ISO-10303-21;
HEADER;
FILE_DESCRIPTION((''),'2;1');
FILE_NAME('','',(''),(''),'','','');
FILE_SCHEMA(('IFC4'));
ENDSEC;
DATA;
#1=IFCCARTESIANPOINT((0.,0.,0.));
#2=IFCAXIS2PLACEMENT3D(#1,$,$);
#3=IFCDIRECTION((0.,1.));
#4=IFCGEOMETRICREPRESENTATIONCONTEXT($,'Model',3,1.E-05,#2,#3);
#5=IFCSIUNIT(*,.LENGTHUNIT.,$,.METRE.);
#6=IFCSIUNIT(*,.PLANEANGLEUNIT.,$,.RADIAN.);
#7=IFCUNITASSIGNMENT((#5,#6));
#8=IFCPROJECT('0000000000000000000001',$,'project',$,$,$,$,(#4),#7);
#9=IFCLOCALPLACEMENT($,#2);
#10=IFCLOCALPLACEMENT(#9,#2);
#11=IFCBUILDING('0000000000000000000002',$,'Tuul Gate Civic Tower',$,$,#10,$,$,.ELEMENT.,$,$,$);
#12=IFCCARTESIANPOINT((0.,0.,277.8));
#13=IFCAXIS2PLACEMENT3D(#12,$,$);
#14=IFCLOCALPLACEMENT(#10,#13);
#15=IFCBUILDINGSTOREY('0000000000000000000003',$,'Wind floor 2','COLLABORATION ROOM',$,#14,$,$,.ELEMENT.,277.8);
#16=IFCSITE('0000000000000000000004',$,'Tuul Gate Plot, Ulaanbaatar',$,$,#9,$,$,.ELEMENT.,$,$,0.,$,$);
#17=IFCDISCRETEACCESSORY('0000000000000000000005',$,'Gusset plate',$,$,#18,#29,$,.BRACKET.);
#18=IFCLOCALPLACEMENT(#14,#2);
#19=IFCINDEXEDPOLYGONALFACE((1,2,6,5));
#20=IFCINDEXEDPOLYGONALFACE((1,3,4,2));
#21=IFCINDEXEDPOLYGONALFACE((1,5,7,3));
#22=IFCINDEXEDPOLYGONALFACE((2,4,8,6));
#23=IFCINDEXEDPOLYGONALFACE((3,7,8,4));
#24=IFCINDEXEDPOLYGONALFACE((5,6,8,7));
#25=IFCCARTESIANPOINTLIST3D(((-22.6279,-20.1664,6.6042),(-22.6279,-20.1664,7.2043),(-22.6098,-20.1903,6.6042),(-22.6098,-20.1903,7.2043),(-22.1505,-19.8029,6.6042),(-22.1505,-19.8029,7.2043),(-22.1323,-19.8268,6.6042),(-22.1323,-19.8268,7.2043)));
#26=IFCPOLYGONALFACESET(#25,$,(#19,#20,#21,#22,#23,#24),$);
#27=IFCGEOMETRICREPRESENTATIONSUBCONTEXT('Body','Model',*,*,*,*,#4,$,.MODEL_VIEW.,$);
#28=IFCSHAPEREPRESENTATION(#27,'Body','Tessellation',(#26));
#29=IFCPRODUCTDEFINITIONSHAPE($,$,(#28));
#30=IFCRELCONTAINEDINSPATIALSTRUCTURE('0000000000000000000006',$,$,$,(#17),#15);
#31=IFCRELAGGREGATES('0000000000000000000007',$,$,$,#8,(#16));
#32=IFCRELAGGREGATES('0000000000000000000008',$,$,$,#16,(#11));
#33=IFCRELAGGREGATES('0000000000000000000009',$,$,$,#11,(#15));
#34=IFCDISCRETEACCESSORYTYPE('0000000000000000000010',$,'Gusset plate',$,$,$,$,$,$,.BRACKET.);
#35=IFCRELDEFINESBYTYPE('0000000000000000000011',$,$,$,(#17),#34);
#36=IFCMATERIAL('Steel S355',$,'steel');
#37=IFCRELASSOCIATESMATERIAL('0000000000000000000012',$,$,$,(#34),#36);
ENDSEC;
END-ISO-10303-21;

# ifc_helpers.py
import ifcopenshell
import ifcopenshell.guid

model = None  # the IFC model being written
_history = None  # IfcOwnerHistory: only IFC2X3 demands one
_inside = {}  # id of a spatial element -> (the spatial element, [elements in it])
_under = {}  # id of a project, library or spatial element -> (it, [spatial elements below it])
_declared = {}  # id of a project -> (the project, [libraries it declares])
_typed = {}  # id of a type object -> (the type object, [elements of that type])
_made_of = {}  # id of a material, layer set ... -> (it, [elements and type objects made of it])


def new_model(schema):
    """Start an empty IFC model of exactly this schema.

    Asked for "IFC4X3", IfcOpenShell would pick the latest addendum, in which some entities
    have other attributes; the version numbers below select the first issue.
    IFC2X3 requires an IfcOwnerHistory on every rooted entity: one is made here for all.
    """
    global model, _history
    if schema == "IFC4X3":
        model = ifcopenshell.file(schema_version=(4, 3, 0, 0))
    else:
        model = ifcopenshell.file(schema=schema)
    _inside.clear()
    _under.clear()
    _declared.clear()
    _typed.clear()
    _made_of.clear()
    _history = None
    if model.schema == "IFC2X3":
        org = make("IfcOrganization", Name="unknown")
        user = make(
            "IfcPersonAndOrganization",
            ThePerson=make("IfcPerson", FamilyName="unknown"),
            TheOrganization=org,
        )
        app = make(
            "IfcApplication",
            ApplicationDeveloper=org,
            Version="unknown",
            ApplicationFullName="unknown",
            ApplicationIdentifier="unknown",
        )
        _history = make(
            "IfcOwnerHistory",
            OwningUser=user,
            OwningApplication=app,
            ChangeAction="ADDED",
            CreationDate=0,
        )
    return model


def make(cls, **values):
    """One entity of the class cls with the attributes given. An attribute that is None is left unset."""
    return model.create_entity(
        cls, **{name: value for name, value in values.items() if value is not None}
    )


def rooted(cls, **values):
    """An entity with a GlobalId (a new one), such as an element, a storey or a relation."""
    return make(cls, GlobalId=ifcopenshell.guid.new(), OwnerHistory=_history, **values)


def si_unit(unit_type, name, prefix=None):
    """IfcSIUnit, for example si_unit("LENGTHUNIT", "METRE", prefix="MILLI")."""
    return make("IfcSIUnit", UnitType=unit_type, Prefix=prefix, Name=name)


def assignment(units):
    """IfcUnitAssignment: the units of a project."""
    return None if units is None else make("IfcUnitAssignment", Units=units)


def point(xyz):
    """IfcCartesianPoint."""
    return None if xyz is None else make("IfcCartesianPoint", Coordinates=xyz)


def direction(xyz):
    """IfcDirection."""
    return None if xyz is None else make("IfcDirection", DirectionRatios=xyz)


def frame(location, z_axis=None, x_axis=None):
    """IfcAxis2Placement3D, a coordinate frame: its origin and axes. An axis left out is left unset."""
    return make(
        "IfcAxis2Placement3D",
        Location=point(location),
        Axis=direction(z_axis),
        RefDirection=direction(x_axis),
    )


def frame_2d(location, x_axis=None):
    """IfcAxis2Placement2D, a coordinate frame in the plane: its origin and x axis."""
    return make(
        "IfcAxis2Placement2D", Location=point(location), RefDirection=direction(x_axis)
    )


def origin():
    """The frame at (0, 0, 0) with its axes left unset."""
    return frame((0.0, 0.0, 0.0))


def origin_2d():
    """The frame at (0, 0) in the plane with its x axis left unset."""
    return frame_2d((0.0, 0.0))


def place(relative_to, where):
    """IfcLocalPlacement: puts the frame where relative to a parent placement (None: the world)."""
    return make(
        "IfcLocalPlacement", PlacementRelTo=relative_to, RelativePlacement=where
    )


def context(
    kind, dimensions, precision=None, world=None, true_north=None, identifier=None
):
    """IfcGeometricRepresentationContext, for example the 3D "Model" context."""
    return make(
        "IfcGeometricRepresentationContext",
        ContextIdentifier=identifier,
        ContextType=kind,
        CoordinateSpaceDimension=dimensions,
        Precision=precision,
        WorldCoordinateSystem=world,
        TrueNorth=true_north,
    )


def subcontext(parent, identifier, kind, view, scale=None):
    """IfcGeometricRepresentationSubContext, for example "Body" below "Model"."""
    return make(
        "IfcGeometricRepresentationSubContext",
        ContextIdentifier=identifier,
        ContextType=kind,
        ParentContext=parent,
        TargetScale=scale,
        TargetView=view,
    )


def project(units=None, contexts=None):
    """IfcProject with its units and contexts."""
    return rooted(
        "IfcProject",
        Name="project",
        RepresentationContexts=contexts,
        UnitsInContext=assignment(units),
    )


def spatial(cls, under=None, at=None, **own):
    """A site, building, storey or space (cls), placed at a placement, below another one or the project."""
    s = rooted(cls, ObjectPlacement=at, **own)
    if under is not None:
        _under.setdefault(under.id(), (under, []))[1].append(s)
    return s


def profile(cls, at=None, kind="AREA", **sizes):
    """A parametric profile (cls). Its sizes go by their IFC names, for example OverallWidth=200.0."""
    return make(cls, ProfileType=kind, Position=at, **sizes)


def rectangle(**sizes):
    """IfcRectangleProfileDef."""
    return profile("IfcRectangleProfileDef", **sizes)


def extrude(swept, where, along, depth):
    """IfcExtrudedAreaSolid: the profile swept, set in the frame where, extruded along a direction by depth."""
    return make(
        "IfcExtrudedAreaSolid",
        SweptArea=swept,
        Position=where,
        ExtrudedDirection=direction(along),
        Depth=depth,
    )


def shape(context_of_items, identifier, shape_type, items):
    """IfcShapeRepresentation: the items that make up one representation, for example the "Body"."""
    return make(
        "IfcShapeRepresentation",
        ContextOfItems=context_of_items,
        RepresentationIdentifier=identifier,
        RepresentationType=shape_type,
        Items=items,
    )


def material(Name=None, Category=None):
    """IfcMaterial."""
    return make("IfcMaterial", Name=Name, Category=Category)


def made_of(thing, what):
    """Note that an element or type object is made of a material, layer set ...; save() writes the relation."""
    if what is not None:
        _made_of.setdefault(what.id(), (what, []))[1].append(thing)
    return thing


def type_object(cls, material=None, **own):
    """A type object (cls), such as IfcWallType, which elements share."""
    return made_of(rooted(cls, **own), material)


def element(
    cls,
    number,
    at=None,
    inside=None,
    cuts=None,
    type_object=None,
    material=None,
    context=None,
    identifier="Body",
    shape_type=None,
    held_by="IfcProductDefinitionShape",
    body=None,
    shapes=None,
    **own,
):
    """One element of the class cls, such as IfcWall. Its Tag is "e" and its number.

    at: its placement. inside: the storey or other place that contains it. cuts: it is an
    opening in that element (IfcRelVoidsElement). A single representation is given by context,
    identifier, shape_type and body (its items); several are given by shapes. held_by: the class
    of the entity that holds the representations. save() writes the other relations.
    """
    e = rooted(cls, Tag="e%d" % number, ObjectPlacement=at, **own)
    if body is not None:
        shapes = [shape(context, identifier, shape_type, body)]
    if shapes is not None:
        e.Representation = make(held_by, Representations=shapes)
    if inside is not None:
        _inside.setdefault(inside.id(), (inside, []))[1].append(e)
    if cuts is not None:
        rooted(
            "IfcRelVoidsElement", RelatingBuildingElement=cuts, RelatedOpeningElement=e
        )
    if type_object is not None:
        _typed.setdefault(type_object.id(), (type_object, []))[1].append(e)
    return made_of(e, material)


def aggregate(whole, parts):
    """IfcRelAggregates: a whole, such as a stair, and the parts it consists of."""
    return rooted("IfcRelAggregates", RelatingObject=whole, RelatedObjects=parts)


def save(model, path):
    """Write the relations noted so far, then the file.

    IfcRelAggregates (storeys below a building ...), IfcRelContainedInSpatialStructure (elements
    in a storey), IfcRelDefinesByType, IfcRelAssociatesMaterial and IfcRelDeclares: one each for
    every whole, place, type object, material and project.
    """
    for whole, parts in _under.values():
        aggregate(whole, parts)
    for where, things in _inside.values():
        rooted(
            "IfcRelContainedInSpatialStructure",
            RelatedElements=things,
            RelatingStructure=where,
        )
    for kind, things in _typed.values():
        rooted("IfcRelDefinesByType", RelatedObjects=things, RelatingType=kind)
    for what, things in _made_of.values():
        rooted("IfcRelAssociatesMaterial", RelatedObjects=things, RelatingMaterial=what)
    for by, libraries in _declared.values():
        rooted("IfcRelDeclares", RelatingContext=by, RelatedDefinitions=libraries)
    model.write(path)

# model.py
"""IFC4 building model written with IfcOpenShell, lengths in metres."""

from ifc_helpers import new_model, si_unit, direction, frame, origin, origin_2d, place, context, subcontext, project, spatial, rectangle, extrude, material, type_object, element, save


model = new_model("IFC4")

# Units and contexts
model_context = context("Model", 3, precision=1e-05, world=origin(), true_north=direction((0.0, 1.0)))
body_context = subcontext(model_context, "Body", "Model", "MODEL_VIEW")
ifc_project = project(units=[si_unit("LENGTHUNIT", "METRE"), si_unit("PLANEANGLEUNIT", "RADIAN")], contexts=[model_context])

# Site, building, storey
site_placement = place(None, origin())
site = spatial("IfcSite", under=ifc_project, at=site_placement, Name="Tuul Gate Plot, Ulaanbaatar", CompositionType="ELEMENT", RefElevation=0.0)
building_placement = place(site_placement, origin())
building = spatial("IfcBuilding", under=site, at=building_placement, Name="Tuul Gate Civic Tower", CompositionType="ELEMENT")
storey_placement = place(building_placement, frame((0.0, 0.0, 277.8)))
storey = spatial("IfcBuildingStorey", under=building, at=storey_placement, Name="Wind floor 2", Description="COLLABORATION ROOM", CompositionType="ELEMENT", Elevation=277.8)

# Discrete accessory
ifc_material_1 = material(Name="Steel S355", Category="steel")
discrete_accessory_type_1 = type_object("IfcDiscreteAccessoryType", Name="Gusset plate", PredefinedType="BRACKET", material=ifc_material_1)
for number, where, z_axis, x_axis, name in (
    (1, (-22.3801, -19.9966, 6.6042), (0.0, 0.0, 1.0), (-0.795616, -0.605801, 0.0), "Gusset plate"),
):
    element("IfcDiscreteAccessory", number, at=place(storey_placement, frame(where, z_axis=z_axis, x_axis=x_axis)), inside=storey, type_object=discrete_accessory_type_1, Name=name, PredefinedType="BRACKET", context=body_context, shape_type="SweptSolid", body=[
        extrude(rectangle(XDim=0.6001, YDim=0.03, at=origin_2d()), origin(), (0.0, 0.0, 1.0), 0.6001),
    ])

save(model, "model.ifc")
